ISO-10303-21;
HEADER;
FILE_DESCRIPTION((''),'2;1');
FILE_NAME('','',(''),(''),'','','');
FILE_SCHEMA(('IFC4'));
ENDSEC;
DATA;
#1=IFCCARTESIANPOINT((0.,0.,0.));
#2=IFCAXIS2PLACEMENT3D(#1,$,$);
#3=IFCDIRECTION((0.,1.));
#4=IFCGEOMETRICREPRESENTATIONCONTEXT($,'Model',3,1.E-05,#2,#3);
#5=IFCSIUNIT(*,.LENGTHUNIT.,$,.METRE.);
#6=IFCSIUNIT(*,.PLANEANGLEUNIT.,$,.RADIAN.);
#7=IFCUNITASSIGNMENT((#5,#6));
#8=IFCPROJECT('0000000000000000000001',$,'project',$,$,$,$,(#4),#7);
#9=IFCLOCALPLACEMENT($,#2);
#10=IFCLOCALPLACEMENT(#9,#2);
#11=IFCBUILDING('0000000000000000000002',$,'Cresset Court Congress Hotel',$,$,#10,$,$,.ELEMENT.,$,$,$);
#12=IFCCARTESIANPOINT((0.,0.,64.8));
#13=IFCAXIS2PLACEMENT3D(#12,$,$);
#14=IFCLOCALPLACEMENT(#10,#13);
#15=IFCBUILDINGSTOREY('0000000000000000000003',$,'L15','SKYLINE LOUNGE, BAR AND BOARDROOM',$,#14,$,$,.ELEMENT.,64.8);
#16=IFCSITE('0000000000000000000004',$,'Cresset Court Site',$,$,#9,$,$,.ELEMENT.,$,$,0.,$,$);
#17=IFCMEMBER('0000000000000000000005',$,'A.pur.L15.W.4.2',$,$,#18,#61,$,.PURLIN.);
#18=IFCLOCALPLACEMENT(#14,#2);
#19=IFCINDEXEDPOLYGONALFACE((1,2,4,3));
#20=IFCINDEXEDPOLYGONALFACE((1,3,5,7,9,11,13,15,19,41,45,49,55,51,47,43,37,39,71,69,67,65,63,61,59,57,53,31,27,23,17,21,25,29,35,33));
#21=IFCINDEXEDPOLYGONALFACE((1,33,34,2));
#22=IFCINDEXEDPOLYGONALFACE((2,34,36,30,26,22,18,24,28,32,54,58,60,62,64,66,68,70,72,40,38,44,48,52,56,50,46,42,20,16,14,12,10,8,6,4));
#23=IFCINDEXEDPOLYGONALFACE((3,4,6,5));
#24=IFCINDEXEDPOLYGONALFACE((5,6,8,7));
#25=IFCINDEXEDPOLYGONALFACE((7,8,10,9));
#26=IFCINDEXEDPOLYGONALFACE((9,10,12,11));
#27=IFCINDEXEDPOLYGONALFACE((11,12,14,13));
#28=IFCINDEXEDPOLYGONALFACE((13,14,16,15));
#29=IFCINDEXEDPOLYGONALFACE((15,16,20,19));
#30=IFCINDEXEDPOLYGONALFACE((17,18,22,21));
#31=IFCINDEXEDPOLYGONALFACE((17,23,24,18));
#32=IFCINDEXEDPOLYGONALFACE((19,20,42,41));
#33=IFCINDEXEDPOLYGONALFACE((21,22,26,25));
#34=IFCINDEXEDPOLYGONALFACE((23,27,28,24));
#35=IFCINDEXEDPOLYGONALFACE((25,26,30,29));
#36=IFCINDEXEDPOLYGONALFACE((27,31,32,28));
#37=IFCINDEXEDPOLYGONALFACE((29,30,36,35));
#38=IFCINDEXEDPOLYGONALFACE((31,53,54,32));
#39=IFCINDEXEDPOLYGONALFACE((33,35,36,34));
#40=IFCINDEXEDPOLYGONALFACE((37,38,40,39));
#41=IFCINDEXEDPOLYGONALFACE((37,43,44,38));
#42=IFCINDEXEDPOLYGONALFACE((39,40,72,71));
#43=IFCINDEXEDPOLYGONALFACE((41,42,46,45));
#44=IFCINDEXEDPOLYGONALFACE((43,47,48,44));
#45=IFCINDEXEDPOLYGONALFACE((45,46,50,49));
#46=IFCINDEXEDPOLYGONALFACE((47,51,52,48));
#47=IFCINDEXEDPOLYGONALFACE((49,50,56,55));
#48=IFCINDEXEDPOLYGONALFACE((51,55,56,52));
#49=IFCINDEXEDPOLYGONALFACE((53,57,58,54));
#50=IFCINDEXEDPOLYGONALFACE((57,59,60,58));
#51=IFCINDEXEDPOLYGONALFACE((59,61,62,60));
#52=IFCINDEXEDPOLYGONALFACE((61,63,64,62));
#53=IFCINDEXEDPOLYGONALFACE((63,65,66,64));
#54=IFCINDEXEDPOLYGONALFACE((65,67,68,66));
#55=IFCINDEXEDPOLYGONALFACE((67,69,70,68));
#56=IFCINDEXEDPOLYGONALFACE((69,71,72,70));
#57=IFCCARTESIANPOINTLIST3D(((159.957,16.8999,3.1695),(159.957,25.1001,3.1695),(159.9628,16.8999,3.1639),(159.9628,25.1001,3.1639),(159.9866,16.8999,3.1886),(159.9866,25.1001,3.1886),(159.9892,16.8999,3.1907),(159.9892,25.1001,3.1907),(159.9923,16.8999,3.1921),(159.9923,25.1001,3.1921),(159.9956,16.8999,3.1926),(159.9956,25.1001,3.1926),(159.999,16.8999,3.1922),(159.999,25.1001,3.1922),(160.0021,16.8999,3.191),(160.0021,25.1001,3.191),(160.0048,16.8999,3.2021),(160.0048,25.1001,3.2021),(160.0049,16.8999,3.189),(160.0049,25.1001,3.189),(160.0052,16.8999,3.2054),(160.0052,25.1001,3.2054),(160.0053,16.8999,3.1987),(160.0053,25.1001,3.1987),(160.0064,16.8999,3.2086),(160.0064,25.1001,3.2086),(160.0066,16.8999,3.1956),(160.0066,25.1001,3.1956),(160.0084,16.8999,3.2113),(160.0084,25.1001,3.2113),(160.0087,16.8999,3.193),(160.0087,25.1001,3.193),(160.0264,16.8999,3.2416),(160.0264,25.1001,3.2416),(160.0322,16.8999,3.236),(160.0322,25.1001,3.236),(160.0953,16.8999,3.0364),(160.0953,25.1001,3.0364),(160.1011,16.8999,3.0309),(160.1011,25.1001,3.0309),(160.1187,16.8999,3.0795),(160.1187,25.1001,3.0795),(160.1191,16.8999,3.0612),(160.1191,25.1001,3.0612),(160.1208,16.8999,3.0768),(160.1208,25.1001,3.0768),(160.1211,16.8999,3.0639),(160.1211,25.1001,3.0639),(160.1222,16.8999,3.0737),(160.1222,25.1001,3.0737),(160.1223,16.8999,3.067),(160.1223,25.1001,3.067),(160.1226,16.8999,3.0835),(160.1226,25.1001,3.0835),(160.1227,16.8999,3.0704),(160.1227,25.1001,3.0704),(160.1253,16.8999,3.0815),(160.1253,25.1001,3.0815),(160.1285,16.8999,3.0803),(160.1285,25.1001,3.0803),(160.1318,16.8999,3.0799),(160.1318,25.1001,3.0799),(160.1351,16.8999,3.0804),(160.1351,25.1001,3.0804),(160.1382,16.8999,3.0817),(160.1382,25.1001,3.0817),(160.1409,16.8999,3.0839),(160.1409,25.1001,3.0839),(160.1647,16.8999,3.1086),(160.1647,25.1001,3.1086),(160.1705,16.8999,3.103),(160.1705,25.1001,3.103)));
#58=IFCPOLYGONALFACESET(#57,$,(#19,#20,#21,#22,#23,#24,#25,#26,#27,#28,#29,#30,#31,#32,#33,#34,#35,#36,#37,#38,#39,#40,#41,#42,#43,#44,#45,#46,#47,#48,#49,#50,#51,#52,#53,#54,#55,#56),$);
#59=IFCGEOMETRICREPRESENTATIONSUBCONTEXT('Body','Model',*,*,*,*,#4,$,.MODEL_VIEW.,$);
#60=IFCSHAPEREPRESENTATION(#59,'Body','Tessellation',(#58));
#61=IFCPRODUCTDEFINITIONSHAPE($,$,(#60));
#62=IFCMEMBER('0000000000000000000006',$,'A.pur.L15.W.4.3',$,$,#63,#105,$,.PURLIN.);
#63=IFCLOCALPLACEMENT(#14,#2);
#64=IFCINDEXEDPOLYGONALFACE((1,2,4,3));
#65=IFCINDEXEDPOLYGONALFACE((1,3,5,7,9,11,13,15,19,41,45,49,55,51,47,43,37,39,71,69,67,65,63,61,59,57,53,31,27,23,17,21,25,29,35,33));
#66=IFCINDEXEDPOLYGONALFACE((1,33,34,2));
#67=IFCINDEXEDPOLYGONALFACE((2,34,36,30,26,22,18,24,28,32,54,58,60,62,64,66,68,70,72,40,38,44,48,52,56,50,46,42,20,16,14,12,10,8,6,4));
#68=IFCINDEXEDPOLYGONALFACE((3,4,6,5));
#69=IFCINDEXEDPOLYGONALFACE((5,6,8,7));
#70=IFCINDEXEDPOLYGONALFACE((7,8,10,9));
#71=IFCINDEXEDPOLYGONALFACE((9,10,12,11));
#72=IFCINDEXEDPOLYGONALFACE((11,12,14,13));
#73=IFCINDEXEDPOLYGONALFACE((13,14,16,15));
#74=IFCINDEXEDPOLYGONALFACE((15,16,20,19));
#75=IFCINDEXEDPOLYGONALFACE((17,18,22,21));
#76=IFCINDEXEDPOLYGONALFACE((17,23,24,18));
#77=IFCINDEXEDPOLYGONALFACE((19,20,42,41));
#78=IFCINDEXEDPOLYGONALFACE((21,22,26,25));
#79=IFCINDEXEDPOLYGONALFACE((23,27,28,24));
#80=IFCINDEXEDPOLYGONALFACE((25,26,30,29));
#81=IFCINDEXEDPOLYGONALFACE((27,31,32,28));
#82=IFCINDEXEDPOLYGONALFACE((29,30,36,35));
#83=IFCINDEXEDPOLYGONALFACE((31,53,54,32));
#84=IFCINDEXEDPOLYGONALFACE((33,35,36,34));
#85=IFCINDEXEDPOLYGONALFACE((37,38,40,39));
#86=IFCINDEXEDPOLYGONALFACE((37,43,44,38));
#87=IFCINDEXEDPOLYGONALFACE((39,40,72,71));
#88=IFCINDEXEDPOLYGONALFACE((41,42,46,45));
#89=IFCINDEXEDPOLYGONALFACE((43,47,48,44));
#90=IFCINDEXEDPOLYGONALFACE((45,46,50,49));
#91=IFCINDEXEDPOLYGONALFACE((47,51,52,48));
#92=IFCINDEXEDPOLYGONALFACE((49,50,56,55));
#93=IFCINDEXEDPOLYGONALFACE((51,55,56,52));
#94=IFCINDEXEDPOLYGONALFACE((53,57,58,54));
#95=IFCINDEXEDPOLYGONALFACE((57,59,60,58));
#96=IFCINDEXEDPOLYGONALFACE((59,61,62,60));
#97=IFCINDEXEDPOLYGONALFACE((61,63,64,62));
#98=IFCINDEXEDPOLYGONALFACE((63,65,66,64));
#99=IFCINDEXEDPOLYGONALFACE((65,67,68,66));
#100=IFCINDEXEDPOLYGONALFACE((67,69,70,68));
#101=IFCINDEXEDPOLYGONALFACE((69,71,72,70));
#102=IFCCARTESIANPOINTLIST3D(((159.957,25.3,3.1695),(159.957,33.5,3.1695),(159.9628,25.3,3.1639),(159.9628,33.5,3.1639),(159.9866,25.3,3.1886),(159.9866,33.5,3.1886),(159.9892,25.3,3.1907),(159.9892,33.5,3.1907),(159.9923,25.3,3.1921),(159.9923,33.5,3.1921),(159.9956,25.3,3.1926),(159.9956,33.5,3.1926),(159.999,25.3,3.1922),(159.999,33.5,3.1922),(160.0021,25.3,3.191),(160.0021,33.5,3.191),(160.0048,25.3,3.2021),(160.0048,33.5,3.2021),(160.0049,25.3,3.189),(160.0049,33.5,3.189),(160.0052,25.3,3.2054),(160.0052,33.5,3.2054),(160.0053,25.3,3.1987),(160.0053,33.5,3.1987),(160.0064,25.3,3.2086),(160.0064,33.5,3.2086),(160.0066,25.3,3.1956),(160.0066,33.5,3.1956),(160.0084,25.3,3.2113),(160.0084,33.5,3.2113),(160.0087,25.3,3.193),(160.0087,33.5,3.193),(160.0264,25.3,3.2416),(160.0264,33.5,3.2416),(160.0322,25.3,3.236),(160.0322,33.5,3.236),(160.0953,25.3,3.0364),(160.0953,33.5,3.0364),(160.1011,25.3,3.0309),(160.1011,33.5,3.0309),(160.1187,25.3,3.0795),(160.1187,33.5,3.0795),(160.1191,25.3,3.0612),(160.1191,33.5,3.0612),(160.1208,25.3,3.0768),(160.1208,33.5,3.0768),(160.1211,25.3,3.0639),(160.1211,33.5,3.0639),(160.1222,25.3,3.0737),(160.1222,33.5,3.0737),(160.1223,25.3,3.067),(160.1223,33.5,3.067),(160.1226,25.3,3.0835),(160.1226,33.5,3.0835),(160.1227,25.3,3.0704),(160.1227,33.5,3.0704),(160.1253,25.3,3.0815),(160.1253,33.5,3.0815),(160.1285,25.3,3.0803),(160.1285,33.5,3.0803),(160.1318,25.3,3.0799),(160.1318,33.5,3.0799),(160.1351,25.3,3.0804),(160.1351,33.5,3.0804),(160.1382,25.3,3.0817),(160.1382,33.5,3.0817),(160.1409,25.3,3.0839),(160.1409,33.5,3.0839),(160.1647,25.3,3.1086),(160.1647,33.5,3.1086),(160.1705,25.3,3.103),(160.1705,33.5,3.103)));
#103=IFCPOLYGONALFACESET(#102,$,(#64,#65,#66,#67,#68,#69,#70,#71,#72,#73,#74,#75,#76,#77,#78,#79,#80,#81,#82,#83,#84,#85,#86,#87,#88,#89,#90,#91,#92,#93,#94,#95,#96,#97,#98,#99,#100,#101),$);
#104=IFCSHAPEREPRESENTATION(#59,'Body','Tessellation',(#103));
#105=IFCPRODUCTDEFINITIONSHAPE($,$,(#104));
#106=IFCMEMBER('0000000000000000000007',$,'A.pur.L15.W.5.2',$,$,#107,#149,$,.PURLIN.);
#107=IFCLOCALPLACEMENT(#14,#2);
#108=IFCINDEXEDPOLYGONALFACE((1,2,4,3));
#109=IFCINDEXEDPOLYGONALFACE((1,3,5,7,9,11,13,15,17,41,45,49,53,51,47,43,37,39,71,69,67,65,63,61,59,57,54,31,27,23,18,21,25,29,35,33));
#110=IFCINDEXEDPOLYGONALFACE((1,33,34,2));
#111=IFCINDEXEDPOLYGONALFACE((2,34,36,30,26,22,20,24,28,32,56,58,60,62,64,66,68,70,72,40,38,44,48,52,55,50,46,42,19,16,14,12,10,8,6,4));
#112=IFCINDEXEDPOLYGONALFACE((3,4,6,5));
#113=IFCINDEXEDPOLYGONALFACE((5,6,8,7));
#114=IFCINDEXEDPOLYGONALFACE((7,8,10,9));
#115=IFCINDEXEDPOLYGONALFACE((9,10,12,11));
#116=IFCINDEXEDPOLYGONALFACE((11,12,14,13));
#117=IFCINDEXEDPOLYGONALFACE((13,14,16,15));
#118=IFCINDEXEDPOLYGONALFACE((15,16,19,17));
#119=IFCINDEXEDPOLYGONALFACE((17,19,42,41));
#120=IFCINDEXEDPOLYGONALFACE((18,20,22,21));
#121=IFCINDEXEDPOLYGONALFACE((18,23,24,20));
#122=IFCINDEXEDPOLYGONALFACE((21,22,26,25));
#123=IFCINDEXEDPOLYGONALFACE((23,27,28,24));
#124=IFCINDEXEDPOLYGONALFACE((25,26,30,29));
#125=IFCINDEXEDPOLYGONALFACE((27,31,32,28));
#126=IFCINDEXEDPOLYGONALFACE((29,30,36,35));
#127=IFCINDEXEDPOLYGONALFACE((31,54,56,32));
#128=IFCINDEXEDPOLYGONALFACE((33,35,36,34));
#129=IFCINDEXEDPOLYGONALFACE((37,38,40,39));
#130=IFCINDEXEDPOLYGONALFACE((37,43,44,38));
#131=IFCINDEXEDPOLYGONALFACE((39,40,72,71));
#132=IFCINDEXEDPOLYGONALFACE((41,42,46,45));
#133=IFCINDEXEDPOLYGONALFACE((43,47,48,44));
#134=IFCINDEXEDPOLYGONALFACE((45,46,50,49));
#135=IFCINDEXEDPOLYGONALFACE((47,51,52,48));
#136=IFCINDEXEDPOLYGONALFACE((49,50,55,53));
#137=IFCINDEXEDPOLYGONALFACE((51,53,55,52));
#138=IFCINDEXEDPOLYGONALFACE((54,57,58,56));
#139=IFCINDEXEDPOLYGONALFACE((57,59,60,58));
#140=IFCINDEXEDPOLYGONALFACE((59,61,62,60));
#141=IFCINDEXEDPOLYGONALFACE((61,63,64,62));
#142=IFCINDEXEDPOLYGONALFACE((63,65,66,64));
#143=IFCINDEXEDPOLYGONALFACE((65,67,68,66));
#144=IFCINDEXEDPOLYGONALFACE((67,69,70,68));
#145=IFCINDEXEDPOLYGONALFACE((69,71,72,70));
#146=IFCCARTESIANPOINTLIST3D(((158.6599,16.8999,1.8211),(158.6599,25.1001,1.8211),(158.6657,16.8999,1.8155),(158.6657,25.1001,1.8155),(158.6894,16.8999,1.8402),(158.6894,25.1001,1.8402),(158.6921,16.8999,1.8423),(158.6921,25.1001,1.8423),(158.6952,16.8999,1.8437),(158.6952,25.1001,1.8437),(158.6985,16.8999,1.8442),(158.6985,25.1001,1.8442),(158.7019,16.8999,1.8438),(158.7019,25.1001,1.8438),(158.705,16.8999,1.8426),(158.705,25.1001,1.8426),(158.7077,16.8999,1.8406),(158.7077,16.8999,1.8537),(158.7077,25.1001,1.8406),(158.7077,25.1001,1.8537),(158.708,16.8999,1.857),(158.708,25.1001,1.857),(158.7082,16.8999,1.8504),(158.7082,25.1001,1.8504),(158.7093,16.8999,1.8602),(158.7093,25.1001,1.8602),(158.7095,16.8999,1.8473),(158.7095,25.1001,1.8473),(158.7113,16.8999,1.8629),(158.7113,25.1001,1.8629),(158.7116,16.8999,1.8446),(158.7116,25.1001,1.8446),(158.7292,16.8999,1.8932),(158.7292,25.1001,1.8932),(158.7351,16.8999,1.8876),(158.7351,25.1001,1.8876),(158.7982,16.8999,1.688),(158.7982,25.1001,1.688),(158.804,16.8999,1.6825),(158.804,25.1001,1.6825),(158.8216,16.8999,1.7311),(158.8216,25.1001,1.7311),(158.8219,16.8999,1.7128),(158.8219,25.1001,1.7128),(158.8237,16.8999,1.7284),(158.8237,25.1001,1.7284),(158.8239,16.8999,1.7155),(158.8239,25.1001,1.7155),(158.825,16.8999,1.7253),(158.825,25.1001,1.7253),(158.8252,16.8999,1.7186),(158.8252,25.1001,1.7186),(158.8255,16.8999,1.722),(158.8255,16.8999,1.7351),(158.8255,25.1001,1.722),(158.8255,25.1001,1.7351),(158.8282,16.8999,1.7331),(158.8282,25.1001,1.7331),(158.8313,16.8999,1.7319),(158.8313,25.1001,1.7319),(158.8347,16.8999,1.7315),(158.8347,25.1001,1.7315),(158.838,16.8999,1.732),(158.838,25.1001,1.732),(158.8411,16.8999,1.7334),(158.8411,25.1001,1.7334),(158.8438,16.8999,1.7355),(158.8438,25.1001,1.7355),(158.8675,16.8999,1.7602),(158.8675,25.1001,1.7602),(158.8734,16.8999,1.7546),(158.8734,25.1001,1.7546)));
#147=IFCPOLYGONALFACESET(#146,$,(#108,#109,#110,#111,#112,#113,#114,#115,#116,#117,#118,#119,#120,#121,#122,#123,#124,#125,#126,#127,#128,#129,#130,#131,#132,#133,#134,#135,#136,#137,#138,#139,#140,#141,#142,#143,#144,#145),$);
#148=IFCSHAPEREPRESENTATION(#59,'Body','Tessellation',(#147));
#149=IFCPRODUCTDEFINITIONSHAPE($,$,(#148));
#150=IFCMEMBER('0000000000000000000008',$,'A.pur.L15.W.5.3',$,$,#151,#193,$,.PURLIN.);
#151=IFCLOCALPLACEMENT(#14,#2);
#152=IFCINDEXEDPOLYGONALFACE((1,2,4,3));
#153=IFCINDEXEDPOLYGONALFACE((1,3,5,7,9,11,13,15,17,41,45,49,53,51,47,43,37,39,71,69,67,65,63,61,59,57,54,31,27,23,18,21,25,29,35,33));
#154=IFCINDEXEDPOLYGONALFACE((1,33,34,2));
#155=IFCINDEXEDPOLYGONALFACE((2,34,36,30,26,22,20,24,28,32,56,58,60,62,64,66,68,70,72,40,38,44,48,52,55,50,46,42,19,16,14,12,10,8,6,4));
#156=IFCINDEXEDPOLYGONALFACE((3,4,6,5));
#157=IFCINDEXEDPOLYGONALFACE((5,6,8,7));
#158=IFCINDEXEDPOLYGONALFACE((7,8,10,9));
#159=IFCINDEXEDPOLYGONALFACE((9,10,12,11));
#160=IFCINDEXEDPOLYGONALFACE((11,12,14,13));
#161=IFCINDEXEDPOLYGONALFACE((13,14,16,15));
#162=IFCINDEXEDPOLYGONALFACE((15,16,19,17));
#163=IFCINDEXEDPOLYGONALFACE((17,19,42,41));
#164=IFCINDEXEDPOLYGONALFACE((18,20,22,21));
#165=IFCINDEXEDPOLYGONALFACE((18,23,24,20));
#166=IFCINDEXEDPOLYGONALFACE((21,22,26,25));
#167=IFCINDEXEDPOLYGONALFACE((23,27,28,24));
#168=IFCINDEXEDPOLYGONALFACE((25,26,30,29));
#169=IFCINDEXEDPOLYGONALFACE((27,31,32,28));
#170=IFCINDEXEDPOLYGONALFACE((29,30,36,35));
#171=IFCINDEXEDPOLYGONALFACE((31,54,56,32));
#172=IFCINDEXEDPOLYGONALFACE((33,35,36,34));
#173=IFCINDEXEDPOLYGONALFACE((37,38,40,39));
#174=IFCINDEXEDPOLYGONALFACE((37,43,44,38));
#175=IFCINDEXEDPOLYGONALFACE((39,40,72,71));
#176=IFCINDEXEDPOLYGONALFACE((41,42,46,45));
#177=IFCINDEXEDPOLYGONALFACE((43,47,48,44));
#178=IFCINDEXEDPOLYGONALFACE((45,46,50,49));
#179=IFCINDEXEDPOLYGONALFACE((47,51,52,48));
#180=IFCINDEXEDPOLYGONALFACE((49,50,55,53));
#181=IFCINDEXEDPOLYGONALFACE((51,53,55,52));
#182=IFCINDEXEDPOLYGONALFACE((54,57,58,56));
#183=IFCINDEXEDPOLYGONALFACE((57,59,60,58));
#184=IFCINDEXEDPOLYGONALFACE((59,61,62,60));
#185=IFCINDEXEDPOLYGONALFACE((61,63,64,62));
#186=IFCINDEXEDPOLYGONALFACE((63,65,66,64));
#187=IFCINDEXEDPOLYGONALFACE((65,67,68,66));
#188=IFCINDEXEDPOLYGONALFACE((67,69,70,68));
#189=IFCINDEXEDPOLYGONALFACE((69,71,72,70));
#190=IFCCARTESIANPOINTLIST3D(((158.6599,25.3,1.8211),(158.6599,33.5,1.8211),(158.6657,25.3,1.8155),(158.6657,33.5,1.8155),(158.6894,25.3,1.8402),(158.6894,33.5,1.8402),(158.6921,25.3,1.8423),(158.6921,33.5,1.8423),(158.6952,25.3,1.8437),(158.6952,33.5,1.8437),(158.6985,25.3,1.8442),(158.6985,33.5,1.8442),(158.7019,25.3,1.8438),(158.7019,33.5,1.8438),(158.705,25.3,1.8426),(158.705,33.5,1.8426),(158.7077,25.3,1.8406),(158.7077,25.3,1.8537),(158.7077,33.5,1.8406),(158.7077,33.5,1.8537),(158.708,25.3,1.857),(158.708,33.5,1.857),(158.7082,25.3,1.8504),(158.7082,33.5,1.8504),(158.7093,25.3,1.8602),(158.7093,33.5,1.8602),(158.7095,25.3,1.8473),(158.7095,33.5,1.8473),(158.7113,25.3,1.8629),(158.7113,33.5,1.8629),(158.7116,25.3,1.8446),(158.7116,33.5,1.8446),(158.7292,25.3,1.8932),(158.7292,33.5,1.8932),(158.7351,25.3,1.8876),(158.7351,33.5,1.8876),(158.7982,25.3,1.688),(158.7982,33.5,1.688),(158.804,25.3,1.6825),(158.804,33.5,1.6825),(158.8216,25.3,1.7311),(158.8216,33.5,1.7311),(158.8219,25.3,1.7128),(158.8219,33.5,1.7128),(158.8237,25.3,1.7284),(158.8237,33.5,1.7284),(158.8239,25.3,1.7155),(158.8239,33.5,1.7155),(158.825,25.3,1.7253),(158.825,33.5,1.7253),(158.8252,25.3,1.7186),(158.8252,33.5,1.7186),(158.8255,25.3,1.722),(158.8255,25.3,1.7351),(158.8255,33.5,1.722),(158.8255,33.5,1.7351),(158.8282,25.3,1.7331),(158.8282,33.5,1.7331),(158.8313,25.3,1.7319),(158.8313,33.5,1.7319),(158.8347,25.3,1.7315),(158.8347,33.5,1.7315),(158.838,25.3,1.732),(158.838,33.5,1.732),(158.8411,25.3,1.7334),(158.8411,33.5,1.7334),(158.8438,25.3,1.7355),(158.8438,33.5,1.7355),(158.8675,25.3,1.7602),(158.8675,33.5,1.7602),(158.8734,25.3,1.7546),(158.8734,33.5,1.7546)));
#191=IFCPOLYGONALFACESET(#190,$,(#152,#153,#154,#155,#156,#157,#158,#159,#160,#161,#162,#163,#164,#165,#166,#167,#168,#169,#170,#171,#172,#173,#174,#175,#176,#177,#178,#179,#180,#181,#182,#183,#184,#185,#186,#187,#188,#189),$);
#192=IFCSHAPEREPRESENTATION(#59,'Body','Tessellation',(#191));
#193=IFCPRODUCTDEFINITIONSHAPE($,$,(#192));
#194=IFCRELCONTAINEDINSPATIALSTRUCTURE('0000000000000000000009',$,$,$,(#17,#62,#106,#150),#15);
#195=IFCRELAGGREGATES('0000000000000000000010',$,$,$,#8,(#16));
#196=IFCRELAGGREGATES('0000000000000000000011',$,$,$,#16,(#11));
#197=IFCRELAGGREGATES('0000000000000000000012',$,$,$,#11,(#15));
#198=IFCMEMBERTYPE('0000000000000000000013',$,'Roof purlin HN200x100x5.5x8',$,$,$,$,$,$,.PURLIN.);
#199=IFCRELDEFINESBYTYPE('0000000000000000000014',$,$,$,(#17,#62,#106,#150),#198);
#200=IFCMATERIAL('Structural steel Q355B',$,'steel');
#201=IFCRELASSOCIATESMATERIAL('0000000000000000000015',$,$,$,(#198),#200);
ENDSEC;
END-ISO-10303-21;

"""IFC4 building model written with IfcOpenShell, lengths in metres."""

from ifc_helpers import new_model, si_unit, direction, frame, origin, origin_2d, place, context, subcontext, project, spatial, i_section, extrude, material, material_profile, profile_set, type_object, element, save


model = new_model("IFC4")

# Units and contexts
model_context = context("Model", 3, precision=1e-05, world=origin(), true_north=direction((0.0, 1.0)))
body_context = subcontext(model_context, "Body", "Model", "MODEL_VIEW")
ifc_project = project(units=[si_unit("LENGTHUNIT", "METRE"), si_unit("PLANEANGLEUNIT", "RADIAN")], contexts=[model_context])

# Site, building, storey
site_placement = place(None, origin())
site = spatial("IfcSite", under=ifc_project, at=site_placement, Name="Cresset Court Site", CompositionType="ELEMENT", RefElevation=0.0)
building_placement = place(site_placement, origin())
building = spatial("IfcBuilding", under=site, at=building_placement, Name="Cresset Court Congress Hotel", CompositionType="ELEMENT")
storey_placement = place(building_placement, frame((0.0, 0.0, 64.8)))
storey = spatial("IfcBuildingStorey", under=building, at=storey_placement, Name="L15", Description="SKYLINE LOUNGE, BAR AND BOARDROOM", CompositionType="ELEMENT", Elevation=64.8)

# Members
ifc_material_1 = material(Name="Structural steel Q355B", Category="steel")
ifc_material_profile_1 = material_profile(ifc_material_1, i_section(OverallWidth=0.1001, OverallDepth=0.2, WebThickness=0.0056, FlangeThickness=0.0081, FilletRadius=0.0129, at=origin_2d()), Name="HN200x100x5.5x8")
ifc_profile_set_1 = profile_set([ifc_material_profile_1], Name="Structural steel Q355B")
member_type_1 = type_object("IfcMemberType", Name="Roof purlin HN200x100x5.5x8", PredefinedType="PURLIN", material=ifc_profile_set_1)
member_1_placement = place(storey_placement, frame((160.0637, 16.8999, 3.1362), z_axis=(0.0, 1.0, 0.0), x_axis=(-0.693246, 0.0, -0.720701)))
element("IfcMember", 1, at=member_1_placement, inside=storey, type_object=member_type_1, Name="A.pur.L15.W.4.2", PredefinedType="PURLIN", context=body_context, shape_type="SweptSolid", body=[
    extrude(i_section(OverallWidth=0.1001, OverallDepth=0.2, WebThickness=0.0056, FlangeThickness=0.0081, FilletRadius=0.0129, at=origin_2d()), origin(), (0.0, 0.0, 1.0), 8.2002),
])
member_2_placement = place(storey_placement, frame((160.0637, 25.3, 3.1362), z_axis=(0.0, 1.0, 0.0), x_axis=(-0.693246, 0.0, -0.720701)))
element("IfcMember", 2, at=member_2_placement, inside=storey, type_object=member_type_1, Name="A.pur.L15.W.4.3", PredefinedType="PURLIN", context=body_context, shape_type="SweptSolid", body=[
    extrude(i_section(OverallWidth=0.1001, OverallDepth=0.2, WebThickness=0.0056, FlangeThickness=0.0081, FilletRadius=0.0129, at=origin_2d()), origin(), (0.0, 0.0, 1.0), 8.2),
])
member_3_placement = place(storey_placement, frame((158.7666, 16.8999, 1.7878), z_axis=(0.0, 1.0, 0.0), x_axis=(-0.693246, 0.0, -0.720701)))
element("IfcMember", 3, at=member_3_placement, inside=storey, type_object=member_type_1, Name="A.pur.L15.W.5.2", PredefinedType="PURLIN", context=body_context, shape_type="SweptSolid", body=[
    extrude(i_section(OverallWidth=0.1001, OverallDepth=0.2, WebThickness=0.0056, FlangeThickness=0.0081, FilletRadius=0.0129, at=origin_2d()), origin(), (0.0, 0.0, 1.0), 8.2002),
])
member_4_placement = place(storey_placement, frame((158.7666, 25.3, 1.7878), z_axis=(0.0, 1.0, 0.0), x_axis=(-0.693246, 0.0, -0.720701)))
element("IfcMember", 4, at=member_4_placement, inside=storey, type_object=member_type_1, Name="A.pur.L15.W.5.3", PredefinedType="PURLIN", context=body_context, shape_type="SweptSolid", body=[
    extrude(i_section(OverallWidth=0.1001, OverallDepth=0.2, WebThickness=0.0056, FlangeThickness=0.0081, FilletRadius=0.0129, at=origin_2d()), origin(), (0.0, 0.0, 1.0), 8.2),
])

save(model, "model.ifc")
